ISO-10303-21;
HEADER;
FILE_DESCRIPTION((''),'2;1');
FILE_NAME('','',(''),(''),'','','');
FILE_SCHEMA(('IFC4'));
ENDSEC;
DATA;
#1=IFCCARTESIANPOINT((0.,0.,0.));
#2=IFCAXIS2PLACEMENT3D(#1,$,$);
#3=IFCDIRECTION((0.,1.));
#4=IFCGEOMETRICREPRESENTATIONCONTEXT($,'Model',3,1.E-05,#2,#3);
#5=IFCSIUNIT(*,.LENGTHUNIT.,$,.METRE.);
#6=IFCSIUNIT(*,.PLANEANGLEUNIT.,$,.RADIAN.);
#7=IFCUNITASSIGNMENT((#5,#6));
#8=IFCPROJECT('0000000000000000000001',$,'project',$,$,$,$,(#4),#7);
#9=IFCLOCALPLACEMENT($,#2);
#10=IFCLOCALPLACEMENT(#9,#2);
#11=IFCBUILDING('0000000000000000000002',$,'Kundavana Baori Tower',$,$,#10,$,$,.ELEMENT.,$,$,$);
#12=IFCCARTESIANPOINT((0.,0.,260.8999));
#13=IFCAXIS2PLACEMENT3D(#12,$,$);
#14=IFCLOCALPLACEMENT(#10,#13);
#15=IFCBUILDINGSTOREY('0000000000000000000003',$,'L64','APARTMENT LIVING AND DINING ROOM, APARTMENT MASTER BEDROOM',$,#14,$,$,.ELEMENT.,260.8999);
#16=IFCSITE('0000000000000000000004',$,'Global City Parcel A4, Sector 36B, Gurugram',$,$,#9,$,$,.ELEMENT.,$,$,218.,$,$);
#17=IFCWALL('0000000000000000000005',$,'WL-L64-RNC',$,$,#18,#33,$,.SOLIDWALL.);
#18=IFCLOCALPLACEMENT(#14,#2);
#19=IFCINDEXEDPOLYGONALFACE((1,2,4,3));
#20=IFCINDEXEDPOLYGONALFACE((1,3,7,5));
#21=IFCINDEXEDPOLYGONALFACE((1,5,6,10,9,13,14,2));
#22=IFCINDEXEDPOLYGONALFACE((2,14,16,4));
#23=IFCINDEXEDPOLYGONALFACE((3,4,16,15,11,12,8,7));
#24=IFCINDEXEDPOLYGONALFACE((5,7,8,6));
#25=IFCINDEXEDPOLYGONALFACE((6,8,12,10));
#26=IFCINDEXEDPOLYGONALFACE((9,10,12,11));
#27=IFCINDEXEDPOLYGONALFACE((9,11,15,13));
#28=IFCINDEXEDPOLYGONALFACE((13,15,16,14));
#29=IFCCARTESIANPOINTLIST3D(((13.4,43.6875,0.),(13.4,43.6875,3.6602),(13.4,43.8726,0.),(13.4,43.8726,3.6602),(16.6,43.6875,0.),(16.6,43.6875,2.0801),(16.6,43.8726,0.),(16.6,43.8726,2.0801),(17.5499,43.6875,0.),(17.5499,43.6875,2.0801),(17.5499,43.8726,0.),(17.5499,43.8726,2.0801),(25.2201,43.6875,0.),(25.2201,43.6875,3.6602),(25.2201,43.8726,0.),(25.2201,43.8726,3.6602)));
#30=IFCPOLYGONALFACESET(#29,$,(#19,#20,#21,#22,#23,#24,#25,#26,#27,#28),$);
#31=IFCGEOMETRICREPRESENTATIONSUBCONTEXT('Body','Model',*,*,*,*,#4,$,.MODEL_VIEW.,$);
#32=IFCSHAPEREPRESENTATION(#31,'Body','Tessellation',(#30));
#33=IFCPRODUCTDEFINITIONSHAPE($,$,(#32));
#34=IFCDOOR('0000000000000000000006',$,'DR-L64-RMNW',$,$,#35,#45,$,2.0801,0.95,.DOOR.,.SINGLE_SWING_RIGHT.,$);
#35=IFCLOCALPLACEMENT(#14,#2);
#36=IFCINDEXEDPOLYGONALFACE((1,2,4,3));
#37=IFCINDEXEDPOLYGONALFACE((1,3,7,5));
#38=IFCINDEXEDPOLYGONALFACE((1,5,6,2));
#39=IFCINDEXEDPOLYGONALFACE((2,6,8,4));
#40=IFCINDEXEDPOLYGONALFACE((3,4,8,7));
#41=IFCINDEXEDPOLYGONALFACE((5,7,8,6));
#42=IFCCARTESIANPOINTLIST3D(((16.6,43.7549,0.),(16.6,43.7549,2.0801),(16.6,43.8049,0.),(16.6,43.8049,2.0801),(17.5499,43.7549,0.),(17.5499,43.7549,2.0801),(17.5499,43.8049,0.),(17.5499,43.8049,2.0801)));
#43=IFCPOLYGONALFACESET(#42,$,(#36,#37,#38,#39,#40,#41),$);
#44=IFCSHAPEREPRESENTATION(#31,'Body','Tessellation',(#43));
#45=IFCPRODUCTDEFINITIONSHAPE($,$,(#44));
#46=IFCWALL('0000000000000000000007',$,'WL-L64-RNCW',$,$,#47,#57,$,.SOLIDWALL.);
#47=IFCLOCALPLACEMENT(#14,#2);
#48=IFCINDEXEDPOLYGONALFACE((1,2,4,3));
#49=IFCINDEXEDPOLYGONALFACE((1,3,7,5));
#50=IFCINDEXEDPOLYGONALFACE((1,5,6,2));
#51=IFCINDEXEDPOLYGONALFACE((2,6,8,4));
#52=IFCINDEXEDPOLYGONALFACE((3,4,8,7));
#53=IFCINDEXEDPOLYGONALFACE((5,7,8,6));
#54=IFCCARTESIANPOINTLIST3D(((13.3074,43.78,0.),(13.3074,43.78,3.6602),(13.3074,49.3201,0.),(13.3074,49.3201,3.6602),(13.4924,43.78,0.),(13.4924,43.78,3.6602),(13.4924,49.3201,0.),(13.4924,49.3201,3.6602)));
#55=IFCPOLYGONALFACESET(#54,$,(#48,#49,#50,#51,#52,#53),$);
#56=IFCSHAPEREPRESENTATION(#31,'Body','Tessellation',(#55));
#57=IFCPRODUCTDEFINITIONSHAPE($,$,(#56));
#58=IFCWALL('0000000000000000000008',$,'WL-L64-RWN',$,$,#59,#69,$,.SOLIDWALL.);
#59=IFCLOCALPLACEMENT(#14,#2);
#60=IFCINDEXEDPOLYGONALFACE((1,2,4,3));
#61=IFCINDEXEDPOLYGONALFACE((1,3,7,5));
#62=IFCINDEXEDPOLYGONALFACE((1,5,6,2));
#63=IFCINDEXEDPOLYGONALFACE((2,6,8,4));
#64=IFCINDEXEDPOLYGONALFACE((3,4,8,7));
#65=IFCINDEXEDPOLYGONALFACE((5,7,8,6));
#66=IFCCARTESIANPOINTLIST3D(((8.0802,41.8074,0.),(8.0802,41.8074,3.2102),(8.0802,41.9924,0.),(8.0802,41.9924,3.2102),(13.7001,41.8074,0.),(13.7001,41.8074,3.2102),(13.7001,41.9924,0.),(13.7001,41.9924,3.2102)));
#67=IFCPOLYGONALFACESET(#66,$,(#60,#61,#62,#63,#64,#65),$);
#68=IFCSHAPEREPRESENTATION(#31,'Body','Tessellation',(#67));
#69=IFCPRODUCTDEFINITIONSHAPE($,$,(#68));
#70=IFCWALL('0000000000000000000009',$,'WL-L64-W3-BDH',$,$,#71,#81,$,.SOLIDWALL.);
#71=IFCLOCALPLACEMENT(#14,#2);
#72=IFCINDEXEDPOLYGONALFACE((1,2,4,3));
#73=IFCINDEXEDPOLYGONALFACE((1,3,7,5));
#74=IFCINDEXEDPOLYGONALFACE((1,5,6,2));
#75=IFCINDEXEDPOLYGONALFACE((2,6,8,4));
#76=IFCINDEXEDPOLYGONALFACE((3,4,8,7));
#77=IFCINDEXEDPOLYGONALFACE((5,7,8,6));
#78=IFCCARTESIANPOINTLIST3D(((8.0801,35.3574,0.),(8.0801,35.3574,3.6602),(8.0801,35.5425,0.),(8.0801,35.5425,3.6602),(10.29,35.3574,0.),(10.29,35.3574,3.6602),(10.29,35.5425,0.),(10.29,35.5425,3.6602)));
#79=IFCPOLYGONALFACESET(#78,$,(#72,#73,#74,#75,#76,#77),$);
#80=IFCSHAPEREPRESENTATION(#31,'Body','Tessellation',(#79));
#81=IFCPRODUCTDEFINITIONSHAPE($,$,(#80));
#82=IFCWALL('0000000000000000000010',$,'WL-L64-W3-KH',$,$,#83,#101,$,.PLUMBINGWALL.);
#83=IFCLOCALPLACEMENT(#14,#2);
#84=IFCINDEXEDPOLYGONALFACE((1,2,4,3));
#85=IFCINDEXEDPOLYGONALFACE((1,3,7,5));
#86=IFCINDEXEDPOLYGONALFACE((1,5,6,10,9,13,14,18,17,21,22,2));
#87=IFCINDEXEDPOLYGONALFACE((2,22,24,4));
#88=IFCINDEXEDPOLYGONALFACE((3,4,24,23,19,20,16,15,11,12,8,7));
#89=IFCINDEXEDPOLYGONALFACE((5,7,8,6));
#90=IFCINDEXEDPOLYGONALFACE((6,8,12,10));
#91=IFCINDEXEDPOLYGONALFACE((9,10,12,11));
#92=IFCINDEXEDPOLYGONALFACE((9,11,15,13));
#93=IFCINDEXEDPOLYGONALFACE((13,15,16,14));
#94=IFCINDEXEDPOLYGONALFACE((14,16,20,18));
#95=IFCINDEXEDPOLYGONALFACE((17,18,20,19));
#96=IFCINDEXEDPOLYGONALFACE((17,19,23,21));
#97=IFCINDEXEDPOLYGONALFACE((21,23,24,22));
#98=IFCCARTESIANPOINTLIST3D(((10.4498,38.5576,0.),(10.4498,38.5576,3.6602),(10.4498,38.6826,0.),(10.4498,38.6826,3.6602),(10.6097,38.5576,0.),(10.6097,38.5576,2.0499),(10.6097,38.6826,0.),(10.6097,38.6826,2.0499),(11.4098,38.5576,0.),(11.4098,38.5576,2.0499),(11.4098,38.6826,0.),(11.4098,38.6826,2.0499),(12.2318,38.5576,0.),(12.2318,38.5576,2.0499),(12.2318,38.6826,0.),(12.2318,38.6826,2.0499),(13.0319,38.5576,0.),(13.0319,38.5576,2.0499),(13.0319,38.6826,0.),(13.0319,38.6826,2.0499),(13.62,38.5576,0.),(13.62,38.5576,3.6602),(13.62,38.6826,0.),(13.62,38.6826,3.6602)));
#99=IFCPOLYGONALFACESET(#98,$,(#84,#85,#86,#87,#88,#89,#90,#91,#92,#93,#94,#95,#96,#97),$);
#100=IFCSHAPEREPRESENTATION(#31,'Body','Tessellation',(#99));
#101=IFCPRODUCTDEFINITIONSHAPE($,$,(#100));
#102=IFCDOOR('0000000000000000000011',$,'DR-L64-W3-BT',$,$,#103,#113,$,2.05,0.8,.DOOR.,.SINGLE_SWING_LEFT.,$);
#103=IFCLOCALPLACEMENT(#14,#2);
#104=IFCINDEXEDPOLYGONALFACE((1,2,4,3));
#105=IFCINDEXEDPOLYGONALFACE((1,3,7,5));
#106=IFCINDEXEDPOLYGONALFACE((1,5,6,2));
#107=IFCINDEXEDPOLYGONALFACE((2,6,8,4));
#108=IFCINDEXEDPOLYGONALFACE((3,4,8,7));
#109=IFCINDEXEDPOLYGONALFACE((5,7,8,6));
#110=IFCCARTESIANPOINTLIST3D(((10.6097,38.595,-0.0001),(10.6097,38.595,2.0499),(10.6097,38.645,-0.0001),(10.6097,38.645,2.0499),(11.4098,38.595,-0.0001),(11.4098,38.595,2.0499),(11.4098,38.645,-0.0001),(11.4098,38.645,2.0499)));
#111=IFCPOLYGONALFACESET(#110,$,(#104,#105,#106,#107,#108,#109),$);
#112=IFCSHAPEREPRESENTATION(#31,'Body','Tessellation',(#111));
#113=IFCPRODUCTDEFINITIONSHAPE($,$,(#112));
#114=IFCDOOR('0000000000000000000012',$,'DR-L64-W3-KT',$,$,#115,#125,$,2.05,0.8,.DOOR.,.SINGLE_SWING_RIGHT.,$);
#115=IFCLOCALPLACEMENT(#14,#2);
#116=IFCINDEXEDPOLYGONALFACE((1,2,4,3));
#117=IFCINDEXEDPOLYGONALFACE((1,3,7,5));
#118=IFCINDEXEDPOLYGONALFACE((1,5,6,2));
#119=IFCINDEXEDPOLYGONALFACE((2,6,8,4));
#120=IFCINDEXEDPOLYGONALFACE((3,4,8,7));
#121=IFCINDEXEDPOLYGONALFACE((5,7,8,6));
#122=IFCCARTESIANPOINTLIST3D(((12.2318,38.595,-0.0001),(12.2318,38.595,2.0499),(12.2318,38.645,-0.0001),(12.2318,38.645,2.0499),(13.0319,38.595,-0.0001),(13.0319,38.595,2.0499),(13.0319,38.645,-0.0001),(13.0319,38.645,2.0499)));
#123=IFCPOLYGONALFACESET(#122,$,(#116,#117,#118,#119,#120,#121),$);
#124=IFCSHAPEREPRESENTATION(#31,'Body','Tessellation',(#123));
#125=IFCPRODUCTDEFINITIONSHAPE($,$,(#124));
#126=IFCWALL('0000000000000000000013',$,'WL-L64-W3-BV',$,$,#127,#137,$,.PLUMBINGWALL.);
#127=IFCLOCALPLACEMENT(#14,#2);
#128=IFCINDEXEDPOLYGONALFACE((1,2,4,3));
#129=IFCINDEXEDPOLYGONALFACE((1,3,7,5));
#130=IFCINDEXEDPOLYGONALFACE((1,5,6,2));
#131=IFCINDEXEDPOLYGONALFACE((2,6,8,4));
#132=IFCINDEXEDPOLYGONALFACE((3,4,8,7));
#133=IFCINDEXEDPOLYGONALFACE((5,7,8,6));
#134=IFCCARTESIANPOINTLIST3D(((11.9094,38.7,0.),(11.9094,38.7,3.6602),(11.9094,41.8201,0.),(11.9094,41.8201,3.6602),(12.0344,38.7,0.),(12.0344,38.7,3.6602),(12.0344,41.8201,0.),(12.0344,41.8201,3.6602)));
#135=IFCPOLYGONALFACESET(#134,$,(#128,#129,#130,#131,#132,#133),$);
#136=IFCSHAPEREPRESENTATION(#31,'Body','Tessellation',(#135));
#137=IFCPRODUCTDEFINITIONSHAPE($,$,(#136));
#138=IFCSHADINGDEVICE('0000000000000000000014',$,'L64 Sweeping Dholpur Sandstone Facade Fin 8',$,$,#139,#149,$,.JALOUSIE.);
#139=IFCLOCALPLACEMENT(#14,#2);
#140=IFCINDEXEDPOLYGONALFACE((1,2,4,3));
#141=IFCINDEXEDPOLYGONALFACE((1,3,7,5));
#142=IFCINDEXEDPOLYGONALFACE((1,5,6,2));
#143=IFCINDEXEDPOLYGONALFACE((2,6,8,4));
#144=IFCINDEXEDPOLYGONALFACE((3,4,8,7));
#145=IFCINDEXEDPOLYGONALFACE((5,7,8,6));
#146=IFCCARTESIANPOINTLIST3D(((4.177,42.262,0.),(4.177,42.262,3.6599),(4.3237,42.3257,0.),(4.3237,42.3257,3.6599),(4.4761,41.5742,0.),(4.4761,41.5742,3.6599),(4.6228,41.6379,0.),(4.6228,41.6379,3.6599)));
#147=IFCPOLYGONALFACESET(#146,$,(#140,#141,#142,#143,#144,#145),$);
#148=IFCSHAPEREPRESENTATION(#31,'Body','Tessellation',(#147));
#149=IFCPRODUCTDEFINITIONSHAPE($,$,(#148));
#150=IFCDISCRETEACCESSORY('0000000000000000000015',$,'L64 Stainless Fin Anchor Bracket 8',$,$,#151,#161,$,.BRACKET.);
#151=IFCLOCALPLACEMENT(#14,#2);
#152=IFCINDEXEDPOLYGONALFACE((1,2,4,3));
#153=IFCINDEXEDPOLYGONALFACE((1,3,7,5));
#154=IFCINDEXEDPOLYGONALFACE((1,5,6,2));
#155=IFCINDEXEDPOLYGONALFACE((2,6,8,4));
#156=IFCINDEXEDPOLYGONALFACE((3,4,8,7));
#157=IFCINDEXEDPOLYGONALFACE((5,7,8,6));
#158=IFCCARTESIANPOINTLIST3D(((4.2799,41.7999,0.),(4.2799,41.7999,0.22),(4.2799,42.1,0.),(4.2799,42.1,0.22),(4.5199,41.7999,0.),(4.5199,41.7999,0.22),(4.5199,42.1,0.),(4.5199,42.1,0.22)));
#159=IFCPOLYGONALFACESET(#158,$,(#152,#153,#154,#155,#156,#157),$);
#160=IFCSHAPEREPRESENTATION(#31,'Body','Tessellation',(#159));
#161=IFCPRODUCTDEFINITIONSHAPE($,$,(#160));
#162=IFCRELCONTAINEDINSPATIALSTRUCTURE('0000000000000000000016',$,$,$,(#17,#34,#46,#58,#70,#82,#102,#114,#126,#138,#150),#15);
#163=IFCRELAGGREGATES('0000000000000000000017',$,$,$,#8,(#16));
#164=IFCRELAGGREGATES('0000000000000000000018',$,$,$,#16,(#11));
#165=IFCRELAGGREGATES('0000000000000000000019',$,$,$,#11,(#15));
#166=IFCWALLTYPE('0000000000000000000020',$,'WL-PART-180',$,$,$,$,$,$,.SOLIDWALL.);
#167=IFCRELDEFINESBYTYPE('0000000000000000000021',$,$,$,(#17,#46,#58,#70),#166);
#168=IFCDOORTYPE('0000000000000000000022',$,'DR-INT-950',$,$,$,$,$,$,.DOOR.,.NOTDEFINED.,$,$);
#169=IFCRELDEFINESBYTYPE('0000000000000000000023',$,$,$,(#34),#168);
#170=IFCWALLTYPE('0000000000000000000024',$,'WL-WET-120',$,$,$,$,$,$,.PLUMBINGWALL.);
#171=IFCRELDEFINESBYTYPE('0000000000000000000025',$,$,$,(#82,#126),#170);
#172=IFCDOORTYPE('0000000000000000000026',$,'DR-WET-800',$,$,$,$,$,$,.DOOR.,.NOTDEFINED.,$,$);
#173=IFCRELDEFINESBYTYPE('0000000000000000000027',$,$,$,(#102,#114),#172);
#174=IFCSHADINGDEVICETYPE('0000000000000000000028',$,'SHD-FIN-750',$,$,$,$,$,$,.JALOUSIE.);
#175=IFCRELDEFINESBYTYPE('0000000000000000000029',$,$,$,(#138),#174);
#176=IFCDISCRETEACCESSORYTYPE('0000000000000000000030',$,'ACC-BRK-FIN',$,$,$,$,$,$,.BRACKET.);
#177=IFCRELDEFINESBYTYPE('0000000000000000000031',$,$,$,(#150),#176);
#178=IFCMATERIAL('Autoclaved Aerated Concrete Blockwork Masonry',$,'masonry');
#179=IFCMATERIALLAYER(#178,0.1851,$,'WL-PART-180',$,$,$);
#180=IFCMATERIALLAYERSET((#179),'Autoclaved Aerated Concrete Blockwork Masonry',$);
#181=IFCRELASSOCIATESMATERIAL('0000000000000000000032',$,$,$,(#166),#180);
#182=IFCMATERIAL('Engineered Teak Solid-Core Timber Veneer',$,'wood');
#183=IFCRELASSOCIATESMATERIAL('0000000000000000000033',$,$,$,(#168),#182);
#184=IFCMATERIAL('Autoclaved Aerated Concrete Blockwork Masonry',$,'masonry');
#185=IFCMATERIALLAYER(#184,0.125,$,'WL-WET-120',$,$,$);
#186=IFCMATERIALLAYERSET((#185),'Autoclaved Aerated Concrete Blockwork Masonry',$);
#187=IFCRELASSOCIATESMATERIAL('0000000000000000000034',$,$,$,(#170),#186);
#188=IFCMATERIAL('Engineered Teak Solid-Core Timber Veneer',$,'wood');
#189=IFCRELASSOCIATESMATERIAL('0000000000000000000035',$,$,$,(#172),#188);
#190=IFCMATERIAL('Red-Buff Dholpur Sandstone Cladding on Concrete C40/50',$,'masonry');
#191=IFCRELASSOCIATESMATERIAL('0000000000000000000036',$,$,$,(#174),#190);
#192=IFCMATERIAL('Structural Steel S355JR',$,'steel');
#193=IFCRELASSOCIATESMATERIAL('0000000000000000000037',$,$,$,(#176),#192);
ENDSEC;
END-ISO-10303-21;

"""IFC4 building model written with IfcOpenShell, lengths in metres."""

from ifc_helpers import new_model, si_unit, direction, frame, frame_2d, origin, origin_2d, place, context, subcontext, project, spatial, rectangle, extrude, material, layer, layer_set, type_object, element, fill, save


model = new_model("IFC4")

# Units and contexts
model_context = context("Model", 3, precision=1e-05, world=origin(), true_north=direction((0.0, 1.0)))
body_context = subcontext(model_context, "Body", "Model", "MODEL_VIEW")
ifc_project = project(units=[si_unit("LENGTHUNIT", "METRE"), si_unit("PLANEANGLEUNIT", "RADIAN")], contexts=[model_context])

# Site, building, storey
site_placement = place(None, origin())
site = spatial("IfcSite", under=ifc_project, at=site_placement, Name="Global City Parcel A4, Sector 36B, Gurugram", CompositionType="ELEMENT", RefElevation=218.0)
building_placement = place(site_placement, origin())
building = spatial("IfcBuilding", under=site, at=building_placement, Name="Kundavana Baori Tower", CompositionType="ELEMENT")
storey_placement = place(building_placement, frame((0.0, 0.0, 260.8999)))
storey = spatial("IfcBuildingStorey", under=building, at=storey_placement, Name="L64", Description="APARTMENT LIVING AND DINING ROOM, APARTMENT MASTER BEDROOM", CompositionType="ELEMENT", Elevation=260.8999)

# Wall, opening, door
ifc_material_1 = material(Name="Autoclaved Aerated Concrete Blockwork Masonry", Category="masonry")
ifc_layer_1 = layer(ifc_material_1, 0.1851, Name="WL-PART-180")
ifc_layer_set_1 = layer_set([ifc_layer_1], Name="Autoclaved Aerated Concrete Blockwork Masonry")
wall_type_1 = type_object("IfcWallType", Name="WL-PART-180", PredefinedType="SOLIDWALL", material=ifc_layer_set_1)
wall_1_placement = place(storey_placement, frame((13.3999, 43.78, 0.0), z_axis=(0.0, 0.0, 1.0), x_axis=(1.0, 0.0, 0.0)))
wall_1 = element("IfcWall", 1, at=wall_1_placement, inside=storey, type_object=wall_type_1, Name="WL-L64-RNC", PredefinedType="SOLIDWALL", context=body_context, shape_type="SweptSolid", body=[
    extrude(rectangle(XDim=11.8201, YDim=0.1851, at=frame_2d((5.9102, 0.0))), origin(), (0.0, 0.0, 1.0), 3.6602),
])
opening_1_placement = place(wall_1_placement, frame((3.2, 0.0, 0.0)))
opening_1 = element("IfcOpeningElement", 2, at=opening_1_placement, cuts=wall_1, PredefinedType="OPENING", context=body_context, shape_type="SweptSolid", body=[
    extrude(rectangle(XDim=0.95, YDim=2.0801, at=frame_2d((0.4751, 1.04))), frame((0.0, 0.1025, 0.0), z_axis=(0.0, -1.0, 0.0), x_axis=(1.0, 0.0, 0.0)), (0.0, 0.0, 1.0), 0.2051),
])
ifc_material_2 = material(Name="Engineered Teak Solid-Core Timber Veneer", Category="wood")
door_type_1 = type_object("IfcDoorType", Name="DR-INT-950", OperationType="NOTDEFINED", PredefinedType="DOOR", material=ifc_material_2)
door_1_placement = place(opening_1_placement, origin())
door_1 = element("IfcDoor", 3, at=door_1_placement, inside=storey, type_object=door_type_1, Name="DR-L64-RMNW", OperationType="SINGLE_SWING_RIGHT", OverallHeight=2.0801, OverallWidth=0.95, PredefinedType="DOOR", context=body_context, shape_type="SweptSolid", body=[
    extrude(rectangle(XDim=0.95, YDim=2.0801, at=frame_2d((0.4751, 1.04))), frame((0.0, 0.0249, 0.0), z_axis=(0.0, -1.0, 0.0), x_axis=(1.0, 0.0, 0.0)), (0.0, 0.0, 1.0), 0.05),
])
fill(opening_1, door_1)

# Walls
wall_2_placement = place(storey_placement, frame((13.3999, 43.78, 0.0), z_axis=(0.0, 0.0, 1.0), x_axis=(0.0, 1.0, 0.0)))
element("IfcWall", 4, at=wall_2_placement, inside=storey, type_object=wall_type_1, Name="WL-L64-RNCW", PredefinedType="SOLIDWALL", context=body_context, shape_type="SweptSolid", body=[
    extrude(rectangle(XDim=5.54, YDim=0.1851, at=frame_2d((2.77, 0.0))), origin(), (0.0, 0.0, 1.0), 3.6602),
])
wall_3_placement = place(storey_placement, frame((8.0801, 41.8999, 0.0), z_axis=(0.0, 0.0, 1.0), x_axis=(1.0, 0.0, 0.0)))
element("IfcWall", 5, at=wall_3_placement, inside=storey, type_object=wall_type_1, Name="WL-L64-RWN", PredefinedType="SOLIDWALL", context=body_context, shape_type="SweptSolid", body=[
    extrude(rectangle(XDim=5.6199, YDim=0.1851, at=frame_2d((2.8101, 0.0))), origin(), (0.0, 0.0, 1.0), 3.2102),
])
wall_4_placement = place(storey_placement, frame((8.0801, 35.45, 0.0), z_axis=(0.0, 0.0, 1.0), x_axis=(1.0, 0.0, 0.0)))
element("IfcWall", 6, at=wall_4_placement, inside=storey, type_object=wall_type_1, Name="WL-L64-W3-BDH", PredefinedType="SOLIDWALL", context=body_context, shape_type="SweptSolid", body=[
    extrude(rectangle(XDim=2.21, YDim=0.1851, at=frame_2d((1.105, 0.0))), origin(), (0.0, 0.0, 1.0), 3.6602),
])

# Wall, openings, doors
ifc_material_3 = material(Name="Autoclaved Aerated Concrete Blockwork Masonry", Category="masonry")
ifc_layer_2 = layer(ifc_material_3, 0.125, Name="WL-WET-120")
ifc_layer_set_2 = layer_set([ifc_layer_2], Name="Autoclaved Aerated Concrete Blockwork Masonry")
wall_type_2 = type_object("IfcWallType", Name="WL-WET-120", PredefinedType="PLUMBINGWALL", material=ifc_layer_set_2)
wall_5_placement = place(storey_placement, frame((10.45, 38.6201, 0.0), z_axis=(0.0, 0.0, 1.0), x_axis=(1.0, 0.0, 0.0)))
wall_5 = element("IfcWall", 7, at=wall_5_placement, inside=storey, type_object=wall_type_2, Name="WL-L64-W3-KH", PredefinedType="PLUMBINGWALL", context=body_context, shape_type="SweptSolid", body=[
    extrude(rectangle(XDim=3.1702, YDim=0.125, at=frame_2d((1.585, 0.0))), origin(), (0.0, 0.0, 1.0), 3.6602),
])
opening_2_placement = place(wall_5_placement, frame((0.1599, 0.0, 0.0)))
opening_2 = element("IfcOpeningElement", 8, at=opening_2_placement, cuts=wall_5, PredefinedType="OPENING", context=body_context, shape_type="SweptSolid", body=[
    extrude(rectangle(XDim=0.8, YDim=2.05, at=frame_2d((0.3999, 1.0249))), frame((0.0, 0.0725, 0.0), z_axis=(0.0, -1.0, 0.0), x_axis=(1.0, 0.0, 0.0)), (0.0, 0.0, 1.0), 0.145),
])
opening_3_placement = place(wall_5_placement, frame((1.782, 0.0, 0.0)))
opening_3 = element("IfcOpeningElement", 9, at=opening_3_placement, cuts=wall_5, PredefinedType="OPENING", context=body_context, shape_type="SweptSolid", body=[
    extrude(rectangle(XDim=0.8, YDim=2.05, at=frame_2d((0.3999, 1.0249))), frame((0.0, 0.0725, 0.0), z_axis=(0.0, -1.0, 0.0), x_axis=(1.0, 0.0, 0.0)), (0.0, 0.0, 1.0), 0.145),
])
ifc_material_4 = material(Name="Engineered Teak Solid-Core Timber Veneer", Category="wood")
door_type_2 = type_object("IfcDoorType", Name="DR-WET-800", OperationType="NOTDEFINED", PredefinedType="DOOR", material=ifc_material_4)
door_2_placement = place(opening_2_placement, origin())
door_2 = element("IfcDoor", 10, at=door_2_placement, inside=storey, type_object=door_type_2, Name="DR-L64-W3-BT", OperationType="SINGLE_SWING_LEFT", OverallHeight=2.05, OverallWidth=0.8, PredefinedType="DOOR", context=body_context, shape_type="SweptSolid", body=[
    extrude(rectangle(XDim=0.8, YDim=2.05, at=frame_2d((0.3999, 1.0249))), frame((0.0, 0.0249, 0.0), z_axis=(0.0, -1.0, 0.0), x_axis=(1.0, 0.0, 0.0)), (0.0, 0.0, 1.0), 0.05),
])
fill(opening_2, door_2)
door_3_placement = place(opening_3_placement, origin())
door_3 = element("IfcDoor", 11, at=door_3_placement, inside=storey, type_object=door_type_2, Name="DR-L64-W3-KT", OperationType="SINGLE_SWING_RIGHT", OverallHeight=2.05, OverallWidth=0.8, PredefinedType="DOOR", context=body_context, shape_type="SweptSolid", body=[
    extrude(rectangle(XDim=0.8, YDim=2.05, at=frame_2d((0.3999, 1.0249))), frame((0.0, 0.0249, 0.0), z_axis=(0.0, -1.0, 0.0), x_axis=(1.0, 0.0, 0.0)), (0.0, 0.0, 1.0), 0.05),
])
fill(opening_3, door_3)

# Wall
wall_6_placement = place(storey_placement, frame((11.9719, 38.7, 0.0), z_axis=(0.0, 0.0, 1.0), x_axis=(0.0, 1.0, 0.0)))
element("IfcWall", 12, at=wall_6_placement, inside=storey, type_object=wall_type_2, Name="WL-L64-W3-BV", PredefinedType="PLUMBINGWALL", context=body_context, shape_type="SweptSolid", body=[
    extrude(rectangle(XDim=3.1201, YDim=0.125, at=frame_2d((1.5601, 0.0))), origin(), (0.0, 0.0, 1.0), 3.6602),
])

# Shading device
ifc_material_5 = material(Name="Red-Buff Dholpur Sandstone Cladding on Concrete C40/50", Category="masonry")
shading_device_type = type_object("IfcShadingDeviceType", Name="SHD-FIN-750", PredefinedType="JALOUSIE", material=ifc_material_5)
shading_device_placement = place(storey_placement, frame((4.3999, 41.95, 0.0), z_axis=(0.0, 0.0, 1.0), x_axis=(0.91706, 0.398749, 0.0)))
element("IfcShadingDevice", 13, at=shading_device_placement, inside=storey, type_object=shading_device_type, Name="L64 Sweeping Dholpur Sandstone Facade Fin 8", PredefinedType="JALOUSIE", context=body_context, shape_type="SweptSolid", body=[
    extrude(rectangle(XDim=0.1599, YDim=0.75, at=origin_2d()), origin(), (0.0, 0.0, 1.0), 3.6599),
])

# Discrete accessory
ifc_material_6 = material(Name="Structural Steel S355JR", Category="steel")
discrete_accessory_type = type_object("IfcDiscreteAccessoryType", Name="ACC-BRK-FIN", PredefinedType="BRACKET", material=ifc_material_6)
discrete_accessory_placement = place(storey_placement, frame((4.3999, 41.95, 0.0), z_axis=(0.0, 0.0, 1.0), x_axis=(1.0, 0.0, 0.0)))
element("IfcDiscreteAccessory", 14, at=discrete_accessory_placement, inside=storey, type_object=discrete_accessory_type, Name="L64 Stainless Fin Anchor Bracket 8", PredefinedType="BRACKET", context=body_context, shape_type="SweptSolid", body=[
    extrude(rectangle(XDim=0.24, YDim=0.3, at=origin_2d()), origin(), (0.0, 0.0, 1.0), 0.22),
])

save(model, "model.ifc")
